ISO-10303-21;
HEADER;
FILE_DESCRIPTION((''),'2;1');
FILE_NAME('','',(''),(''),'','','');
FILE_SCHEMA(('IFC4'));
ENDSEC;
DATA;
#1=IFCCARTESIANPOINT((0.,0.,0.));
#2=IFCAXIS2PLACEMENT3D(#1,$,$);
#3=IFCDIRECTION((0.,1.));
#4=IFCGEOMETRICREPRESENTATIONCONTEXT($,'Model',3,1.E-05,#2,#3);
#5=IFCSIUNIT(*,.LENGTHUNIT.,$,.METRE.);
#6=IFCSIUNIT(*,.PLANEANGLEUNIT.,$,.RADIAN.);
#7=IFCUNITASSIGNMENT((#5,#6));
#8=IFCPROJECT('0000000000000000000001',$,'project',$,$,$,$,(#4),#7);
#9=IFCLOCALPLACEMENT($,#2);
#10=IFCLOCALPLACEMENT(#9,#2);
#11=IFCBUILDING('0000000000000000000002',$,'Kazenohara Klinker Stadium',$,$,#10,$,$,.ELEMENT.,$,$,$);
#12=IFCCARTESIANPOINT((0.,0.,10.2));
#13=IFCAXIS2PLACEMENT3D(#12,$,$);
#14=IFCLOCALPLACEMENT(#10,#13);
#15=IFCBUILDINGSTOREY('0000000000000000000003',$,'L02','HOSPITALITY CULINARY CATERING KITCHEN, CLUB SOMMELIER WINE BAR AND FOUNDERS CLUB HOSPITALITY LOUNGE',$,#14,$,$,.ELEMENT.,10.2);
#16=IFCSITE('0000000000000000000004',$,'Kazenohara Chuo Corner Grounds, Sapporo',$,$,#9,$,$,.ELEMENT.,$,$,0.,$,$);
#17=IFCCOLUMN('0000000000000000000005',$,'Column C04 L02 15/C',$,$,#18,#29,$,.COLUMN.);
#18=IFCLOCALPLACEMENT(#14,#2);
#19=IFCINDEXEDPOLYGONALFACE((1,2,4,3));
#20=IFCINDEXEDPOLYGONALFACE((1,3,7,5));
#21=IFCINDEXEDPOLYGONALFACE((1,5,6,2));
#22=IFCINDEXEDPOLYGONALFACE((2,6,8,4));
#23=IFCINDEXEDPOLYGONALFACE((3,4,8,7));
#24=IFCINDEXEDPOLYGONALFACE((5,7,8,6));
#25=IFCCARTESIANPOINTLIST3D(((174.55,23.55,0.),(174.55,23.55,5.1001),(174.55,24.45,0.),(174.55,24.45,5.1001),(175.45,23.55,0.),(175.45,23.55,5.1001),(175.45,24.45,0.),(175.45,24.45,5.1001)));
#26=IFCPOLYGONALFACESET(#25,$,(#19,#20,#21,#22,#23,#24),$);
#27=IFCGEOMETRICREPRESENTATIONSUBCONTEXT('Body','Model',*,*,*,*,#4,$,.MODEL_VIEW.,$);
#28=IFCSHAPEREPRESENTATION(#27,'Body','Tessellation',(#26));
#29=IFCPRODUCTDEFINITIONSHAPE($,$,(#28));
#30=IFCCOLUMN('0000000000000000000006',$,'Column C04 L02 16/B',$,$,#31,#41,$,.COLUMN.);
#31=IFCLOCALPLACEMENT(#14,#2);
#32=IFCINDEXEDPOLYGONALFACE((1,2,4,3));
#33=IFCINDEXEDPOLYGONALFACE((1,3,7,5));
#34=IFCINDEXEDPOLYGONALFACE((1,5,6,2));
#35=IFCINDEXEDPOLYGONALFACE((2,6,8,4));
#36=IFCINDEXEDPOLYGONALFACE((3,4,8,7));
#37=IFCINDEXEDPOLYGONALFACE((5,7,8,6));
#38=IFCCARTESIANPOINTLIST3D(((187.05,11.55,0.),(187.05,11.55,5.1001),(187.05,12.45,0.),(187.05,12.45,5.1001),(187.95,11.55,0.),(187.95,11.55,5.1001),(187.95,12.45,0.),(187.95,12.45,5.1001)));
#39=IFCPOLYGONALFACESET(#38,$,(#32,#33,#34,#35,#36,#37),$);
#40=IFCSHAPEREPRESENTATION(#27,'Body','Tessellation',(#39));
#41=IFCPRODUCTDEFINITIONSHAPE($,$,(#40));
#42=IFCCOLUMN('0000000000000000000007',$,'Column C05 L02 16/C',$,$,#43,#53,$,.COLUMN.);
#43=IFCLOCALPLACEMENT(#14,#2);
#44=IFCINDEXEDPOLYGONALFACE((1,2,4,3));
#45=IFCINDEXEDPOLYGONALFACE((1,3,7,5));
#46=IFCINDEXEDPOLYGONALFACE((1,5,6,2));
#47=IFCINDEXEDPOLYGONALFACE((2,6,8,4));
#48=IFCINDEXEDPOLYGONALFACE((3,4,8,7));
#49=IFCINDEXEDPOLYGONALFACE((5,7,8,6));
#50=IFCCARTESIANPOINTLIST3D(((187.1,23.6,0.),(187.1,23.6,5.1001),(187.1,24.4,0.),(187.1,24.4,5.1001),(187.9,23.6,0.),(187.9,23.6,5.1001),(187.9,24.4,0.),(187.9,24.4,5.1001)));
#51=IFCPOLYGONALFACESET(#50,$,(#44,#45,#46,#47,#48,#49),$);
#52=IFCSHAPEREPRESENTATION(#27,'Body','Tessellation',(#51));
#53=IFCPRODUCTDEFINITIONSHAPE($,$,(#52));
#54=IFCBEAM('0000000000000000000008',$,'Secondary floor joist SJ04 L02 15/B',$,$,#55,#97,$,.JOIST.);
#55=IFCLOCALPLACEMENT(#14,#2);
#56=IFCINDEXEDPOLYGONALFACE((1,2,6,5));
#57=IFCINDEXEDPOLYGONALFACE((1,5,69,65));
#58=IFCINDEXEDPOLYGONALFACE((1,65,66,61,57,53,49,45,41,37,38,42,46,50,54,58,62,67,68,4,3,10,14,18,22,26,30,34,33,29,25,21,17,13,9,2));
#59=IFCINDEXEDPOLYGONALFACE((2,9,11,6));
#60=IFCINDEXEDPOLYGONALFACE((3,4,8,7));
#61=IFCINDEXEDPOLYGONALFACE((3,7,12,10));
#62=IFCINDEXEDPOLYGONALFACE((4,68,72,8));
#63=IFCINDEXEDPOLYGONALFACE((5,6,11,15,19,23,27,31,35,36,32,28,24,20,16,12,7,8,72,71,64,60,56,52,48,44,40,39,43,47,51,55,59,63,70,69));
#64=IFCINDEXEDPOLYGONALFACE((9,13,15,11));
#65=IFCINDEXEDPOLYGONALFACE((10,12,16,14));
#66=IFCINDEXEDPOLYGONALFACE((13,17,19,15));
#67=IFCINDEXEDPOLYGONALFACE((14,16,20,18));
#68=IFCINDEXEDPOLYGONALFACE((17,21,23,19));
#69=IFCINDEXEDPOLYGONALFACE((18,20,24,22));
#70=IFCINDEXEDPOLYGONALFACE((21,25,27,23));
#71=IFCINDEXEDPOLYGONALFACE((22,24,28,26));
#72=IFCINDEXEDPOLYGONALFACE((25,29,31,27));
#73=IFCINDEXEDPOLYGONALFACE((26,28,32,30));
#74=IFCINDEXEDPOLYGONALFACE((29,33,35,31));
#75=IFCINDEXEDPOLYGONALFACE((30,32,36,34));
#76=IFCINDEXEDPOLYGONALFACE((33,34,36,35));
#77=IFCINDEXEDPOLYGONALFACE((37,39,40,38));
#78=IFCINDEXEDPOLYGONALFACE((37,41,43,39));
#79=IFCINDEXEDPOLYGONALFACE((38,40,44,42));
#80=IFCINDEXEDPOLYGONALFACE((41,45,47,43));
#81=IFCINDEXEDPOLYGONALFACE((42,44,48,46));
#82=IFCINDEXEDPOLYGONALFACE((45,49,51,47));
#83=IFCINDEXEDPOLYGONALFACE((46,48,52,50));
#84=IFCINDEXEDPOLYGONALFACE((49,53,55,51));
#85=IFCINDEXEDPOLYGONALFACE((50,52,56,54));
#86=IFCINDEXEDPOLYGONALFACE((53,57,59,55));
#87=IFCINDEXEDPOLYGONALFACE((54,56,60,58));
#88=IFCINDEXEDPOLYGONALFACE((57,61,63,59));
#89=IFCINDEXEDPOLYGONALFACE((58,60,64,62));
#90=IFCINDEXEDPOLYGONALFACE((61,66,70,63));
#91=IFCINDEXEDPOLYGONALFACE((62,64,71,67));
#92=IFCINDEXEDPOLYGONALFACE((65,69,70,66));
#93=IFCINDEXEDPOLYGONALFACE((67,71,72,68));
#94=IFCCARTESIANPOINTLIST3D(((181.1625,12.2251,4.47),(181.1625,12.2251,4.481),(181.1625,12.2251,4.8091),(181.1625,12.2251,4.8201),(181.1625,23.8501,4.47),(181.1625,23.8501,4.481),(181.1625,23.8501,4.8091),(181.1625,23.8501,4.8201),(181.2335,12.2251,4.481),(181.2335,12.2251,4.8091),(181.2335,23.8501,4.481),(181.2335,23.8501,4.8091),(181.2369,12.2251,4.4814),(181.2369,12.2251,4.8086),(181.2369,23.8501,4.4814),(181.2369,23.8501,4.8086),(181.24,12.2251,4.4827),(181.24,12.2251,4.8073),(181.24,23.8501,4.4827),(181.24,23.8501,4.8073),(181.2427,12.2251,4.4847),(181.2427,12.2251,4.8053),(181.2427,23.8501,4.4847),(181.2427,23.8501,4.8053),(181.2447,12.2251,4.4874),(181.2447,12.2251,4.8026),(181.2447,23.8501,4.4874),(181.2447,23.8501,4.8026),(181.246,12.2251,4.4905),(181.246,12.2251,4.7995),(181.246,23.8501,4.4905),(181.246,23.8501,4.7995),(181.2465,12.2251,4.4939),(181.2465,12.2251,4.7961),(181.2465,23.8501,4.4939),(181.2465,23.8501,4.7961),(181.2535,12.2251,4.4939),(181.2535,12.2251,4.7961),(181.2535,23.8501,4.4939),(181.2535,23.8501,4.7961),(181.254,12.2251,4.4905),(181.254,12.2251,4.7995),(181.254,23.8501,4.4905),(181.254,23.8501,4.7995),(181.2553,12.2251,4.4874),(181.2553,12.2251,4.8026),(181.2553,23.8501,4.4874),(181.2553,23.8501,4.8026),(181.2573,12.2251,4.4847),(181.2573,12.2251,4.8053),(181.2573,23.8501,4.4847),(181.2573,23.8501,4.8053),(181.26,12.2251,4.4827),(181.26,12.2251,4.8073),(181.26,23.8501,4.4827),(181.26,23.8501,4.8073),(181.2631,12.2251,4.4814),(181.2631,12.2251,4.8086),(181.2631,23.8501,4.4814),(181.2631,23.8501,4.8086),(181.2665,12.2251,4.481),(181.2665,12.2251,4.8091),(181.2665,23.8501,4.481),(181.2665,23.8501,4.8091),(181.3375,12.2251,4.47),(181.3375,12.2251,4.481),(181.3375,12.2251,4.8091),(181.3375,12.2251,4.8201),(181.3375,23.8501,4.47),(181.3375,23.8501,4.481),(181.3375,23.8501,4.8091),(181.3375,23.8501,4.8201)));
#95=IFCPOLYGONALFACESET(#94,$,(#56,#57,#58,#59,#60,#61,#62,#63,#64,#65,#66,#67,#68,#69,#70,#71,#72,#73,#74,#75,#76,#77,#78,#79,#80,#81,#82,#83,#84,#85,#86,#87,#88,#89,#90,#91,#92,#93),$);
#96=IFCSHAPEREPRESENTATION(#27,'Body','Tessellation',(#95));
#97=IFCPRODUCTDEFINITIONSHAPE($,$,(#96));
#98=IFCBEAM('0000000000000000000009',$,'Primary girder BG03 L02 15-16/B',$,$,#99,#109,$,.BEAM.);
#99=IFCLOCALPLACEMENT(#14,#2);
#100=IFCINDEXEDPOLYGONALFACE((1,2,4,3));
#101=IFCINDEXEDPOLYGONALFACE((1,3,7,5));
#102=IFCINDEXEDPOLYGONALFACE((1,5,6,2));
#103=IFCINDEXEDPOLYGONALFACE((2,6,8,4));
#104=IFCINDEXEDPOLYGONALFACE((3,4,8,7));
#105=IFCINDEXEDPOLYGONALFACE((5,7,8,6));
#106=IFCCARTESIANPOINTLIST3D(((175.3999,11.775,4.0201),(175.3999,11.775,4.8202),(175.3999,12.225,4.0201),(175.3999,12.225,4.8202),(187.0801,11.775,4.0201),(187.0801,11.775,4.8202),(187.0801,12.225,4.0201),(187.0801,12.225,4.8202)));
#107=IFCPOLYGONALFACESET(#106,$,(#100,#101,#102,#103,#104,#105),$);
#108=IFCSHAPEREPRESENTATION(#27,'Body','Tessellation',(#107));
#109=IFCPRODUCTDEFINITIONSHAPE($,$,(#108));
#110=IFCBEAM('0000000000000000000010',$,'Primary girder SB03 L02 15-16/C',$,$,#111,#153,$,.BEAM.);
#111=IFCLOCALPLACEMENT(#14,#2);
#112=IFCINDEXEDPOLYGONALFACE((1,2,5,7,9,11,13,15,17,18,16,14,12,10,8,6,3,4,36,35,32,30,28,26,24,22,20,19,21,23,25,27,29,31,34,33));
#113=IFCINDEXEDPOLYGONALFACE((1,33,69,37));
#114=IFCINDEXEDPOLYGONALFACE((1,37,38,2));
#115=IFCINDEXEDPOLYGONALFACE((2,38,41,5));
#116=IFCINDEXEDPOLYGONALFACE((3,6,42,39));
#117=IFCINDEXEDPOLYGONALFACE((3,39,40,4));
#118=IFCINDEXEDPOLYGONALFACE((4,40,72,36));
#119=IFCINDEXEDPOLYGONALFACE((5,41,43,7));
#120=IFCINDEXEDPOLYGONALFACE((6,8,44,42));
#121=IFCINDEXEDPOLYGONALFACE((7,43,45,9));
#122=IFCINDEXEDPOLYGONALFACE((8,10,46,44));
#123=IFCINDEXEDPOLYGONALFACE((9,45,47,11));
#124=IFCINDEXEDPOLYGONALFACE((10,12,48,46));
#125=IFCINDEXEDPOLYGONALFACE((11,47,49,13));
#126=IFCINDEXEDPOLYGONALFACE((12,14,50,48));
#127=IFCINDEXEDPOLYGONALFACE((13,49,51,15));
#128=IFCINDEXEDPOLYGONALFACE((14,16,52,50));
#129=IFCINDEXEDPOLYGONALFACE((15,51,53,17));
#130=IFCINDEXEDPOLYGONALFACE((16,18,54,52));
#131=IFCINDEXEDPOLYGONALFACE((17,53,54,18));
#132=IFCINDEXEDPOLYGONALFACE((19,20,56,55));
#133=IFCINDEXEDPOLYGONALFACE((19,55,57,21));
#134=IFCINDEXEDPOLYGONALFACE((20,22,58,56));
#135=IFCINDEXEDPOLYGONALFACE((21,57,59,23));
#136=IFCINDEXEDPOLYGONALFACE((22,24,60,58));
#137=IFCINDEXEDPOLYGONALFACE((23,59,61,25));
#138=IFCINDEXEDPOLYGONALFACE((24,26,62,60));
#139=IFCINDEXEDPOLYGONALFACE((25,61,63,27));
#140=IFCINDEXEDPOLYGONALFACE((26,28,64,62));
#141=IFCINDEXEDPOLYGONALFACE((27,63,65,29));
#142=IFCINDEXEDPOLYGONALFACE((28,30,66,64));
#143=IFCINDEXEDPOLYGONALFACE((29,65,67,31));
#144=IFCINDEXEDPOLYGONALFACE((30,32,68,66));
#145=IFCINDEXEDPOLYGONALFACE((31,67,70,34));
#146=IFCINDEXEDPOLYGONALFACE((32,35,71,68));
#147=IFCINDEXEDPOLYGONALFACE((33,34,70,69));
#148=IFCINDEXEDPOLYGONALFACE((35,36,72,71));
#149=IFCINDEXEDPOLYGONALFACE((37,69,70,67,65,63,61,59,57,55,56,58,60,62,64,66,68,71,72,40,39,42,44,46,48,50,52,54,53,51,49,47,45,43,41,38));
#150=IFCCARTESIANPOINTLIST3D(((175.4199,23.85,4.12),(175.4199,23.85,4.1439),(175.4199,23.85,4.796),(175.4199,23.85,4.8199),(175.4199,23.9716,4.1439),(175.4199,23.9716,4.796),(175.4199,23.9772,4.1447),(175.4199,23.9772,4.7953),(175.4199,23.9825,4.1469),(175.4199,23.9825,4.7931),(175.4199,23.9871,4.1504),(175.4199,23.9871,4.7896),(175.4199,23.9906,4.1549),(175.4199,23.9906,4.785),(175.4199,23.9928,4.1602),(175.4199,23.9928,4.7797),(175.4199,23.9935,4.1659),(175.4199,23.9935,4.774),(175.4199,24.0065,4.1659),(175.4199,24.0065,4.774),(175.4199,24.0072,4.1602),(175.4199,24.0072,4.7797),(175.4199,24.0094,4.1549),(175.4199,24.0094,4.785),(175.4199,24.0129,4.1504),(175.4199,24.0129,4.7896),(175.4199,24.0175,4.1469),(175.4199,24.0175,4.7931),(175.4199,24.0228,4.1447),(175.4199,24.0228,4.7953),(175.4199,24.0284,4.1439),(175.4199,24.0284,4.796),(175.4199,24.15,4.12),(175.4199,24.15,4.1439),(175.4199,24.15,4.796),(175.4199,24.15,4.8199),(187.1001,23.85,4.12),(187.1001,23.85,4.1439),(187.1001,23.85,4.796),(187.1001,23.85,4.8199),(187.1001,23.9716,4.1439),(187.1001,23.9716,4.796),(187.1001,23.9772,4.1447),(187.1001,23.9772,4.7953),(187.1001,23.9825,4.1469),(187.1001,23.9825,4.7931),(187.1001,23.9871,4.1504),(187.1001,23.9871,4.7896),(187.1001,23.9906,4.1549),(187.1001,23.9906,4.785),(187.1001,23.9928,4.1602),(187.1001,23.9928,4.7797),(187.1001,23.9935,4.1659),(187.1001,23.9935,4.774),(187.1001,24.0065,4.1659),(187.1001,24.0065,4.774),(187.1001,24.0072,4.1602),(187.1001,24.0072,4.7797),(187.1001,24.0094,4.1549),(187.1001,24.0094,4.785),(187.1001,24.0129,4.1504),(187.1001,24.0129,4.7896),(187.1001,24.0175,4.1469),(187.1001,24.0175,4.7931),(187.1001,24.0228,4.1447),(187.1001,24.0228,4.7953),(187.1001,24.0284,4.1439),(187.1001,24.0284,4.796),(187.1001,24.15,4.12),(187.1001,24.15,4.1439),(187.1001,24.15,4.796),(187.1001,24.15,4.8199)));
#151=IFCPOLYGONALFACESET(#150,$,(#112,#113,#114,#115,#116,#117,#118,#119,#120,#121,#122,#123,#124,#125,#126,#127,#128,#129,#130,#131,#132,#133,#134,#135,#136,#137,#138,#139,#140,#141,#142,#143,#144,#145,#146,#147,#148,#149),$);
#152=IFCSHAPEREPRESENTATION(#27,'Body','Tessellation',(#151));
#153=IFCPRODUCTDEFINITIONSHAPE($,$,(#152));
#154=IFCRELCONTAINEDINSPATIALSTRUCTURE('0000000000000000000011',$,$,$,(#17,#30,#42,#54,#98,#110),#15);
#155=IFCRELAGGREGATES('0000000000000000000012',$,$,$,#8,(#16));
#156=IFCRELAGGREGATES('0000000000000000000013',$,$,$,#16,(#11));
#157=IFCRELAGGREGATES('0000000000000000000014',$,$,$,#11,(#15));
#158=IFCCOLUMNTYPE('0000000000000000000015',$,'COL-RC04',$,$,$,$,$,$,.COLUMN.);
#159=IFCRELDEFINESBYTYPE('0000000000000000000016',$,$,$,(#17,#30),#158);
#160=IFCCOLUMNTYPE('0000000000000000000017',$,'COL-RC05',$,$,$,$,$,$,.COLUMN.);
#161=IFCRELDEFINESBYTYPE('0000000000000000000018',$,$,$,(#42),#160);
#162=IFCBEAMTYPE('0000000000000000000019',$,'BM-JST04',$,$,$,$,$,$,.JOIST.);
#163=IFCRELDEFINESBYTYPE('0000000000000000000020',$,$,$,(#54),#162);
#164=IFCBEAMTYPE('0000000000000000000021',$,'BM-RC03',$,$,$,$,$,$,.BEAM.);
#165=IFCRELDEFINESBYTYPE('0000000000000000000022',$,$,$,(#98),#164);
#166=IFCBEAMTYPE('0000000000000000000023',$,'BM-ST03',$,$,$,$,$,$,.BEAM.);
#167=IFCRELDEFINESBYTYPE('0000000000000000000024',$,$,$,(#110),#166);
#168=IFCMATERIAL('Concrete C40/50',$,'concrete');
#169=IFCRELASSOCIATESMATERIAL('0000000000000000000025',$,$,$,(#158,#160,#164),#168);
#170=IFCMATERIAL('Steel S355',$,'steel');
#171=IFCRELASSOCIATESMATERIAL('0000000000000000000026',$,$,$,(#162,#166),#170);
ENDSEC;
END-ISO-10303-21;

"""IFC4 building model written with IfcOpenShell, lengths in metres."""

from ifc_helpers import new_model, si_unit, direction, frame, origin, origin_2d, place, context, subcontext, project, spatial, rectangle, i_section, extrude, material, material_profile, profile_set, type_object, element, save


model = new_model("IFC4")

# Units and contexts
model_context = context("Model", 3, precision=1e-05, world=origin(), true_north=direction((0.0, 1.0)))
body_context = subcontext(model_context, "Body", "Model", "MODEL_VIEW")
ifc_project = project(units=[si_unit("LENGTHUNIT", "METRE"), si_unit("PLANEANGLEUNIT", "RADIAN")], contexts=[model_context])

# Site, building, storey
site_placement = place(None, origin())
site = spatial("IfcSite", under=ifc_project, at=site_placement, Name="Kazenohara Chuo Corner Grounds, Sapporo", CompositionType="ELEMENT", RefElevation=0.0)
building_placement = place(site_placement, origin())
building = spatial("IfcBuilding", under=site, at=building_placement, Name="Kazenohara Klinker Stadium", CompositionType="ELEMENT")
storey_placement = place(building_placement, frame((0.0, 0.0, 10.2)))
storey = spatial("IfcBuildingStorey", under=building, at=storey_placement, Name="L02", Description="HOSPITALITY CULINARY CATERING KITCHEN, CLUB SOMMELIER WINE BAR AND FOUNDERS CLUB HOSPITALITY LOUNGE", CompositionType="ELEMENT", Elevation=10.2)

# Columns
ifc_material_1 = material(Name="Concrete C40/50", Category="concrete")
ifc_material_profile_1 = material_profile(ifc_material_1, rectangle(XDim=0.8999, YDim=0.8999, at=origin_2d()), Name="RC-COL-900x900")
ifc_profile_set_1 = profile_set([ifc_material_profile_1], Name="Concrete C40/50")
column_type_1 = type_object("IfcColumnType", Name="COL-RC04", PredefinedType="COLUMN", material=ifc_profile_set_1)
for number, where, z_axis, x_axis, name in (
    (1, (175.0, 24.0, 0.0), (0.0, 0.0, 1.0), (1.0, 0.0, 0.0), "Column C04 L02 15/C"),
    (2, (187.5, 12.0, 0.0), (0.0, 0.0, 1.0), (1.0, 0.0, 0.0), "Column C04 L02 16/B"),
):
    element("IfcColumn", number, at=place(storey_placement, frame(where, z_axis=z_axis, x_axis=x_axis)), inside=storey, type_object=column_type_1, Name=name, PredefinedType="COLUMN", context=body_context, shape_type="SweptSolid", body=[
        extrude(rectangle(XDim=0.8999, YDim=0.8999, at=origin_2d()), origin(), (0.0, 0.0, 1.0), 5.1001),
    ])
ifc_material_profile_2 = material_profile(ifc_material_1, rectangle(XDim=0.8, YDim=0.8, at=origin_2d()), Name="RC-COL-800x800")
ifc_profile_set_2 = profile_set([ifc_material_profile_2], Name="Concrete C40/50")
column_type_2 = type_object("IfcColumnType", Name="COL-RC05", PredefinedType="COLUMN", material=ifc_profile_set_2)
column_placement = place(storey_placement, frame((187.5, 24.0, 0.0), z_axis=(0.0, 0.0, 1.0), x_axis=(1.0, 0.0, 0.0)))
element("IfcColumn", 3, at=column_placement, inside=storey, type_object=column_type_2, Name="Column C05 L02 16/C", PredefinedType="COLUMN", context=body_context, shape_type="SweptSolid", body=[
    extrude(rectangle(XDim=0.8, YDim=0.8, at=origin_2d()), origin(), (0.0, 0.0, 1.0), 5.1001),
])

# Beams
ifc_material_2 = material(Name="Steel S355", Category="steel")
ifc_material_profile_3 = material_profile(ifc_material_2, i_section(OverallWidth=0.175, OverallDepth=0.3501, WebThickness=0.0071, FlangeThickness=0.011, FilletRadius=0.0129, at=origin_2d()), Name="H-350x175x7x11")
ifc_profile_set_3 = profile_set([ifc_material_profile_3], Name="Steel S355")
beam_type_1 = type_object("IfcBeamType", Name="BM-JST04", PredefinedType="JOIST", material=ifc_profile_set_3)
beam_1_placement = place(storey_placement, frame((181.25, 12.2251, 4.645), z_axis=(0.0, 1.0, 0.0), x_axis=(-1.0, 0.0, 0.0)))
element("IfcBeam", 4, at=beam_1_placement, inside=storey, type_object=beam_type_1, Name="Secondary floor joist SJ04 L02 15/B", PredefinedType="JOIST", context=body_context, shape_type="SweptSolid", body=[
    extrude(i_section(OverallWidth=0.175, OverallDepth=0.3501, WebThickness=0.0071, FlangeThickness=0.011, FilletRadius=0.0129, at=origin_2d()), origin(), (0.0, 0.0, 1.0), 11.625),
])
ifc_material_profile_4 = material_profile(ifc_material_1, rectangle(XDim=0.45, YDim=0.8, at=origin_2d()), Name="RC-BM-450x800")
ifc_profile_set_4 = profile_set([ifc_material_profile_4], Name="Concrete C40/50")
beam_type_2 = type_object("IfcBeamType", Name="BM-RC03", PredefinedType="BEAM", material=ifc_profile_set_4)
beam_2_placement = place(storey_placement, frame((175.3999, 12.0, 4.4202), z_axis=(1.0, 0.0, 0.0), x_axis=(0.0, 1.0, 0.0)))
element("IfcBeam", 5, at=beam_2_placement, inside=storey, type_object=beam_type_2, Name="Primary girder BG03 L02 15-16/B", PredefinedType="BEAM", context=body_context, shape_type="SweptSolid", body=[
    extrude(rectangle(XDim=0.45, YDim=0.8, at=origin_2d()), origin(), (0.0, 0.0, 1.0), 11.6802),
])
ifc_material_profile_5 = material_profile(ifc_material_2, i_section(OverallWidth=0.3, OverallDepth=0.7, WebThickness=0.0129, FlangeThickness=0.0239, FilletRadius=0.022, at=origin_2d()), Name="H-700x300x13x24")
ifc_profile_set_5 = profile_set([ifc_material_profile_5], Name="Steel S355")
beam_type_3 = type_object("IfcBeamType", Name="BM-ST03", PredefinedType="BEAM", material=ifc_profile_set_5)
beam_3_placement = place(storey_placement, frame((175.4199, 24.0, 4.47), z_axis=(1.0, 0.0, 0.0), x_axis=(0.0, 1.0, 0.0)))
element("IfcBeam", 6, at=beam_3_placement, inside=storey, type_object=beam_type_3, Name="Primary girder SB03 L02 15-16/C", PredefinedType="BEAM", context=body_context, shape_type="SweptSolid", body=[
    extrude(i_section(OverallWidth=0.3, OverallDepth=0.7, WebThickness=0.0129, FlangeThickness=0.0239, FilletRadius=0.022, at=origin_2d()), origin(), (0.0, 0.0, 1.0), 11.6802),
])

save(model, "model.ifc")
